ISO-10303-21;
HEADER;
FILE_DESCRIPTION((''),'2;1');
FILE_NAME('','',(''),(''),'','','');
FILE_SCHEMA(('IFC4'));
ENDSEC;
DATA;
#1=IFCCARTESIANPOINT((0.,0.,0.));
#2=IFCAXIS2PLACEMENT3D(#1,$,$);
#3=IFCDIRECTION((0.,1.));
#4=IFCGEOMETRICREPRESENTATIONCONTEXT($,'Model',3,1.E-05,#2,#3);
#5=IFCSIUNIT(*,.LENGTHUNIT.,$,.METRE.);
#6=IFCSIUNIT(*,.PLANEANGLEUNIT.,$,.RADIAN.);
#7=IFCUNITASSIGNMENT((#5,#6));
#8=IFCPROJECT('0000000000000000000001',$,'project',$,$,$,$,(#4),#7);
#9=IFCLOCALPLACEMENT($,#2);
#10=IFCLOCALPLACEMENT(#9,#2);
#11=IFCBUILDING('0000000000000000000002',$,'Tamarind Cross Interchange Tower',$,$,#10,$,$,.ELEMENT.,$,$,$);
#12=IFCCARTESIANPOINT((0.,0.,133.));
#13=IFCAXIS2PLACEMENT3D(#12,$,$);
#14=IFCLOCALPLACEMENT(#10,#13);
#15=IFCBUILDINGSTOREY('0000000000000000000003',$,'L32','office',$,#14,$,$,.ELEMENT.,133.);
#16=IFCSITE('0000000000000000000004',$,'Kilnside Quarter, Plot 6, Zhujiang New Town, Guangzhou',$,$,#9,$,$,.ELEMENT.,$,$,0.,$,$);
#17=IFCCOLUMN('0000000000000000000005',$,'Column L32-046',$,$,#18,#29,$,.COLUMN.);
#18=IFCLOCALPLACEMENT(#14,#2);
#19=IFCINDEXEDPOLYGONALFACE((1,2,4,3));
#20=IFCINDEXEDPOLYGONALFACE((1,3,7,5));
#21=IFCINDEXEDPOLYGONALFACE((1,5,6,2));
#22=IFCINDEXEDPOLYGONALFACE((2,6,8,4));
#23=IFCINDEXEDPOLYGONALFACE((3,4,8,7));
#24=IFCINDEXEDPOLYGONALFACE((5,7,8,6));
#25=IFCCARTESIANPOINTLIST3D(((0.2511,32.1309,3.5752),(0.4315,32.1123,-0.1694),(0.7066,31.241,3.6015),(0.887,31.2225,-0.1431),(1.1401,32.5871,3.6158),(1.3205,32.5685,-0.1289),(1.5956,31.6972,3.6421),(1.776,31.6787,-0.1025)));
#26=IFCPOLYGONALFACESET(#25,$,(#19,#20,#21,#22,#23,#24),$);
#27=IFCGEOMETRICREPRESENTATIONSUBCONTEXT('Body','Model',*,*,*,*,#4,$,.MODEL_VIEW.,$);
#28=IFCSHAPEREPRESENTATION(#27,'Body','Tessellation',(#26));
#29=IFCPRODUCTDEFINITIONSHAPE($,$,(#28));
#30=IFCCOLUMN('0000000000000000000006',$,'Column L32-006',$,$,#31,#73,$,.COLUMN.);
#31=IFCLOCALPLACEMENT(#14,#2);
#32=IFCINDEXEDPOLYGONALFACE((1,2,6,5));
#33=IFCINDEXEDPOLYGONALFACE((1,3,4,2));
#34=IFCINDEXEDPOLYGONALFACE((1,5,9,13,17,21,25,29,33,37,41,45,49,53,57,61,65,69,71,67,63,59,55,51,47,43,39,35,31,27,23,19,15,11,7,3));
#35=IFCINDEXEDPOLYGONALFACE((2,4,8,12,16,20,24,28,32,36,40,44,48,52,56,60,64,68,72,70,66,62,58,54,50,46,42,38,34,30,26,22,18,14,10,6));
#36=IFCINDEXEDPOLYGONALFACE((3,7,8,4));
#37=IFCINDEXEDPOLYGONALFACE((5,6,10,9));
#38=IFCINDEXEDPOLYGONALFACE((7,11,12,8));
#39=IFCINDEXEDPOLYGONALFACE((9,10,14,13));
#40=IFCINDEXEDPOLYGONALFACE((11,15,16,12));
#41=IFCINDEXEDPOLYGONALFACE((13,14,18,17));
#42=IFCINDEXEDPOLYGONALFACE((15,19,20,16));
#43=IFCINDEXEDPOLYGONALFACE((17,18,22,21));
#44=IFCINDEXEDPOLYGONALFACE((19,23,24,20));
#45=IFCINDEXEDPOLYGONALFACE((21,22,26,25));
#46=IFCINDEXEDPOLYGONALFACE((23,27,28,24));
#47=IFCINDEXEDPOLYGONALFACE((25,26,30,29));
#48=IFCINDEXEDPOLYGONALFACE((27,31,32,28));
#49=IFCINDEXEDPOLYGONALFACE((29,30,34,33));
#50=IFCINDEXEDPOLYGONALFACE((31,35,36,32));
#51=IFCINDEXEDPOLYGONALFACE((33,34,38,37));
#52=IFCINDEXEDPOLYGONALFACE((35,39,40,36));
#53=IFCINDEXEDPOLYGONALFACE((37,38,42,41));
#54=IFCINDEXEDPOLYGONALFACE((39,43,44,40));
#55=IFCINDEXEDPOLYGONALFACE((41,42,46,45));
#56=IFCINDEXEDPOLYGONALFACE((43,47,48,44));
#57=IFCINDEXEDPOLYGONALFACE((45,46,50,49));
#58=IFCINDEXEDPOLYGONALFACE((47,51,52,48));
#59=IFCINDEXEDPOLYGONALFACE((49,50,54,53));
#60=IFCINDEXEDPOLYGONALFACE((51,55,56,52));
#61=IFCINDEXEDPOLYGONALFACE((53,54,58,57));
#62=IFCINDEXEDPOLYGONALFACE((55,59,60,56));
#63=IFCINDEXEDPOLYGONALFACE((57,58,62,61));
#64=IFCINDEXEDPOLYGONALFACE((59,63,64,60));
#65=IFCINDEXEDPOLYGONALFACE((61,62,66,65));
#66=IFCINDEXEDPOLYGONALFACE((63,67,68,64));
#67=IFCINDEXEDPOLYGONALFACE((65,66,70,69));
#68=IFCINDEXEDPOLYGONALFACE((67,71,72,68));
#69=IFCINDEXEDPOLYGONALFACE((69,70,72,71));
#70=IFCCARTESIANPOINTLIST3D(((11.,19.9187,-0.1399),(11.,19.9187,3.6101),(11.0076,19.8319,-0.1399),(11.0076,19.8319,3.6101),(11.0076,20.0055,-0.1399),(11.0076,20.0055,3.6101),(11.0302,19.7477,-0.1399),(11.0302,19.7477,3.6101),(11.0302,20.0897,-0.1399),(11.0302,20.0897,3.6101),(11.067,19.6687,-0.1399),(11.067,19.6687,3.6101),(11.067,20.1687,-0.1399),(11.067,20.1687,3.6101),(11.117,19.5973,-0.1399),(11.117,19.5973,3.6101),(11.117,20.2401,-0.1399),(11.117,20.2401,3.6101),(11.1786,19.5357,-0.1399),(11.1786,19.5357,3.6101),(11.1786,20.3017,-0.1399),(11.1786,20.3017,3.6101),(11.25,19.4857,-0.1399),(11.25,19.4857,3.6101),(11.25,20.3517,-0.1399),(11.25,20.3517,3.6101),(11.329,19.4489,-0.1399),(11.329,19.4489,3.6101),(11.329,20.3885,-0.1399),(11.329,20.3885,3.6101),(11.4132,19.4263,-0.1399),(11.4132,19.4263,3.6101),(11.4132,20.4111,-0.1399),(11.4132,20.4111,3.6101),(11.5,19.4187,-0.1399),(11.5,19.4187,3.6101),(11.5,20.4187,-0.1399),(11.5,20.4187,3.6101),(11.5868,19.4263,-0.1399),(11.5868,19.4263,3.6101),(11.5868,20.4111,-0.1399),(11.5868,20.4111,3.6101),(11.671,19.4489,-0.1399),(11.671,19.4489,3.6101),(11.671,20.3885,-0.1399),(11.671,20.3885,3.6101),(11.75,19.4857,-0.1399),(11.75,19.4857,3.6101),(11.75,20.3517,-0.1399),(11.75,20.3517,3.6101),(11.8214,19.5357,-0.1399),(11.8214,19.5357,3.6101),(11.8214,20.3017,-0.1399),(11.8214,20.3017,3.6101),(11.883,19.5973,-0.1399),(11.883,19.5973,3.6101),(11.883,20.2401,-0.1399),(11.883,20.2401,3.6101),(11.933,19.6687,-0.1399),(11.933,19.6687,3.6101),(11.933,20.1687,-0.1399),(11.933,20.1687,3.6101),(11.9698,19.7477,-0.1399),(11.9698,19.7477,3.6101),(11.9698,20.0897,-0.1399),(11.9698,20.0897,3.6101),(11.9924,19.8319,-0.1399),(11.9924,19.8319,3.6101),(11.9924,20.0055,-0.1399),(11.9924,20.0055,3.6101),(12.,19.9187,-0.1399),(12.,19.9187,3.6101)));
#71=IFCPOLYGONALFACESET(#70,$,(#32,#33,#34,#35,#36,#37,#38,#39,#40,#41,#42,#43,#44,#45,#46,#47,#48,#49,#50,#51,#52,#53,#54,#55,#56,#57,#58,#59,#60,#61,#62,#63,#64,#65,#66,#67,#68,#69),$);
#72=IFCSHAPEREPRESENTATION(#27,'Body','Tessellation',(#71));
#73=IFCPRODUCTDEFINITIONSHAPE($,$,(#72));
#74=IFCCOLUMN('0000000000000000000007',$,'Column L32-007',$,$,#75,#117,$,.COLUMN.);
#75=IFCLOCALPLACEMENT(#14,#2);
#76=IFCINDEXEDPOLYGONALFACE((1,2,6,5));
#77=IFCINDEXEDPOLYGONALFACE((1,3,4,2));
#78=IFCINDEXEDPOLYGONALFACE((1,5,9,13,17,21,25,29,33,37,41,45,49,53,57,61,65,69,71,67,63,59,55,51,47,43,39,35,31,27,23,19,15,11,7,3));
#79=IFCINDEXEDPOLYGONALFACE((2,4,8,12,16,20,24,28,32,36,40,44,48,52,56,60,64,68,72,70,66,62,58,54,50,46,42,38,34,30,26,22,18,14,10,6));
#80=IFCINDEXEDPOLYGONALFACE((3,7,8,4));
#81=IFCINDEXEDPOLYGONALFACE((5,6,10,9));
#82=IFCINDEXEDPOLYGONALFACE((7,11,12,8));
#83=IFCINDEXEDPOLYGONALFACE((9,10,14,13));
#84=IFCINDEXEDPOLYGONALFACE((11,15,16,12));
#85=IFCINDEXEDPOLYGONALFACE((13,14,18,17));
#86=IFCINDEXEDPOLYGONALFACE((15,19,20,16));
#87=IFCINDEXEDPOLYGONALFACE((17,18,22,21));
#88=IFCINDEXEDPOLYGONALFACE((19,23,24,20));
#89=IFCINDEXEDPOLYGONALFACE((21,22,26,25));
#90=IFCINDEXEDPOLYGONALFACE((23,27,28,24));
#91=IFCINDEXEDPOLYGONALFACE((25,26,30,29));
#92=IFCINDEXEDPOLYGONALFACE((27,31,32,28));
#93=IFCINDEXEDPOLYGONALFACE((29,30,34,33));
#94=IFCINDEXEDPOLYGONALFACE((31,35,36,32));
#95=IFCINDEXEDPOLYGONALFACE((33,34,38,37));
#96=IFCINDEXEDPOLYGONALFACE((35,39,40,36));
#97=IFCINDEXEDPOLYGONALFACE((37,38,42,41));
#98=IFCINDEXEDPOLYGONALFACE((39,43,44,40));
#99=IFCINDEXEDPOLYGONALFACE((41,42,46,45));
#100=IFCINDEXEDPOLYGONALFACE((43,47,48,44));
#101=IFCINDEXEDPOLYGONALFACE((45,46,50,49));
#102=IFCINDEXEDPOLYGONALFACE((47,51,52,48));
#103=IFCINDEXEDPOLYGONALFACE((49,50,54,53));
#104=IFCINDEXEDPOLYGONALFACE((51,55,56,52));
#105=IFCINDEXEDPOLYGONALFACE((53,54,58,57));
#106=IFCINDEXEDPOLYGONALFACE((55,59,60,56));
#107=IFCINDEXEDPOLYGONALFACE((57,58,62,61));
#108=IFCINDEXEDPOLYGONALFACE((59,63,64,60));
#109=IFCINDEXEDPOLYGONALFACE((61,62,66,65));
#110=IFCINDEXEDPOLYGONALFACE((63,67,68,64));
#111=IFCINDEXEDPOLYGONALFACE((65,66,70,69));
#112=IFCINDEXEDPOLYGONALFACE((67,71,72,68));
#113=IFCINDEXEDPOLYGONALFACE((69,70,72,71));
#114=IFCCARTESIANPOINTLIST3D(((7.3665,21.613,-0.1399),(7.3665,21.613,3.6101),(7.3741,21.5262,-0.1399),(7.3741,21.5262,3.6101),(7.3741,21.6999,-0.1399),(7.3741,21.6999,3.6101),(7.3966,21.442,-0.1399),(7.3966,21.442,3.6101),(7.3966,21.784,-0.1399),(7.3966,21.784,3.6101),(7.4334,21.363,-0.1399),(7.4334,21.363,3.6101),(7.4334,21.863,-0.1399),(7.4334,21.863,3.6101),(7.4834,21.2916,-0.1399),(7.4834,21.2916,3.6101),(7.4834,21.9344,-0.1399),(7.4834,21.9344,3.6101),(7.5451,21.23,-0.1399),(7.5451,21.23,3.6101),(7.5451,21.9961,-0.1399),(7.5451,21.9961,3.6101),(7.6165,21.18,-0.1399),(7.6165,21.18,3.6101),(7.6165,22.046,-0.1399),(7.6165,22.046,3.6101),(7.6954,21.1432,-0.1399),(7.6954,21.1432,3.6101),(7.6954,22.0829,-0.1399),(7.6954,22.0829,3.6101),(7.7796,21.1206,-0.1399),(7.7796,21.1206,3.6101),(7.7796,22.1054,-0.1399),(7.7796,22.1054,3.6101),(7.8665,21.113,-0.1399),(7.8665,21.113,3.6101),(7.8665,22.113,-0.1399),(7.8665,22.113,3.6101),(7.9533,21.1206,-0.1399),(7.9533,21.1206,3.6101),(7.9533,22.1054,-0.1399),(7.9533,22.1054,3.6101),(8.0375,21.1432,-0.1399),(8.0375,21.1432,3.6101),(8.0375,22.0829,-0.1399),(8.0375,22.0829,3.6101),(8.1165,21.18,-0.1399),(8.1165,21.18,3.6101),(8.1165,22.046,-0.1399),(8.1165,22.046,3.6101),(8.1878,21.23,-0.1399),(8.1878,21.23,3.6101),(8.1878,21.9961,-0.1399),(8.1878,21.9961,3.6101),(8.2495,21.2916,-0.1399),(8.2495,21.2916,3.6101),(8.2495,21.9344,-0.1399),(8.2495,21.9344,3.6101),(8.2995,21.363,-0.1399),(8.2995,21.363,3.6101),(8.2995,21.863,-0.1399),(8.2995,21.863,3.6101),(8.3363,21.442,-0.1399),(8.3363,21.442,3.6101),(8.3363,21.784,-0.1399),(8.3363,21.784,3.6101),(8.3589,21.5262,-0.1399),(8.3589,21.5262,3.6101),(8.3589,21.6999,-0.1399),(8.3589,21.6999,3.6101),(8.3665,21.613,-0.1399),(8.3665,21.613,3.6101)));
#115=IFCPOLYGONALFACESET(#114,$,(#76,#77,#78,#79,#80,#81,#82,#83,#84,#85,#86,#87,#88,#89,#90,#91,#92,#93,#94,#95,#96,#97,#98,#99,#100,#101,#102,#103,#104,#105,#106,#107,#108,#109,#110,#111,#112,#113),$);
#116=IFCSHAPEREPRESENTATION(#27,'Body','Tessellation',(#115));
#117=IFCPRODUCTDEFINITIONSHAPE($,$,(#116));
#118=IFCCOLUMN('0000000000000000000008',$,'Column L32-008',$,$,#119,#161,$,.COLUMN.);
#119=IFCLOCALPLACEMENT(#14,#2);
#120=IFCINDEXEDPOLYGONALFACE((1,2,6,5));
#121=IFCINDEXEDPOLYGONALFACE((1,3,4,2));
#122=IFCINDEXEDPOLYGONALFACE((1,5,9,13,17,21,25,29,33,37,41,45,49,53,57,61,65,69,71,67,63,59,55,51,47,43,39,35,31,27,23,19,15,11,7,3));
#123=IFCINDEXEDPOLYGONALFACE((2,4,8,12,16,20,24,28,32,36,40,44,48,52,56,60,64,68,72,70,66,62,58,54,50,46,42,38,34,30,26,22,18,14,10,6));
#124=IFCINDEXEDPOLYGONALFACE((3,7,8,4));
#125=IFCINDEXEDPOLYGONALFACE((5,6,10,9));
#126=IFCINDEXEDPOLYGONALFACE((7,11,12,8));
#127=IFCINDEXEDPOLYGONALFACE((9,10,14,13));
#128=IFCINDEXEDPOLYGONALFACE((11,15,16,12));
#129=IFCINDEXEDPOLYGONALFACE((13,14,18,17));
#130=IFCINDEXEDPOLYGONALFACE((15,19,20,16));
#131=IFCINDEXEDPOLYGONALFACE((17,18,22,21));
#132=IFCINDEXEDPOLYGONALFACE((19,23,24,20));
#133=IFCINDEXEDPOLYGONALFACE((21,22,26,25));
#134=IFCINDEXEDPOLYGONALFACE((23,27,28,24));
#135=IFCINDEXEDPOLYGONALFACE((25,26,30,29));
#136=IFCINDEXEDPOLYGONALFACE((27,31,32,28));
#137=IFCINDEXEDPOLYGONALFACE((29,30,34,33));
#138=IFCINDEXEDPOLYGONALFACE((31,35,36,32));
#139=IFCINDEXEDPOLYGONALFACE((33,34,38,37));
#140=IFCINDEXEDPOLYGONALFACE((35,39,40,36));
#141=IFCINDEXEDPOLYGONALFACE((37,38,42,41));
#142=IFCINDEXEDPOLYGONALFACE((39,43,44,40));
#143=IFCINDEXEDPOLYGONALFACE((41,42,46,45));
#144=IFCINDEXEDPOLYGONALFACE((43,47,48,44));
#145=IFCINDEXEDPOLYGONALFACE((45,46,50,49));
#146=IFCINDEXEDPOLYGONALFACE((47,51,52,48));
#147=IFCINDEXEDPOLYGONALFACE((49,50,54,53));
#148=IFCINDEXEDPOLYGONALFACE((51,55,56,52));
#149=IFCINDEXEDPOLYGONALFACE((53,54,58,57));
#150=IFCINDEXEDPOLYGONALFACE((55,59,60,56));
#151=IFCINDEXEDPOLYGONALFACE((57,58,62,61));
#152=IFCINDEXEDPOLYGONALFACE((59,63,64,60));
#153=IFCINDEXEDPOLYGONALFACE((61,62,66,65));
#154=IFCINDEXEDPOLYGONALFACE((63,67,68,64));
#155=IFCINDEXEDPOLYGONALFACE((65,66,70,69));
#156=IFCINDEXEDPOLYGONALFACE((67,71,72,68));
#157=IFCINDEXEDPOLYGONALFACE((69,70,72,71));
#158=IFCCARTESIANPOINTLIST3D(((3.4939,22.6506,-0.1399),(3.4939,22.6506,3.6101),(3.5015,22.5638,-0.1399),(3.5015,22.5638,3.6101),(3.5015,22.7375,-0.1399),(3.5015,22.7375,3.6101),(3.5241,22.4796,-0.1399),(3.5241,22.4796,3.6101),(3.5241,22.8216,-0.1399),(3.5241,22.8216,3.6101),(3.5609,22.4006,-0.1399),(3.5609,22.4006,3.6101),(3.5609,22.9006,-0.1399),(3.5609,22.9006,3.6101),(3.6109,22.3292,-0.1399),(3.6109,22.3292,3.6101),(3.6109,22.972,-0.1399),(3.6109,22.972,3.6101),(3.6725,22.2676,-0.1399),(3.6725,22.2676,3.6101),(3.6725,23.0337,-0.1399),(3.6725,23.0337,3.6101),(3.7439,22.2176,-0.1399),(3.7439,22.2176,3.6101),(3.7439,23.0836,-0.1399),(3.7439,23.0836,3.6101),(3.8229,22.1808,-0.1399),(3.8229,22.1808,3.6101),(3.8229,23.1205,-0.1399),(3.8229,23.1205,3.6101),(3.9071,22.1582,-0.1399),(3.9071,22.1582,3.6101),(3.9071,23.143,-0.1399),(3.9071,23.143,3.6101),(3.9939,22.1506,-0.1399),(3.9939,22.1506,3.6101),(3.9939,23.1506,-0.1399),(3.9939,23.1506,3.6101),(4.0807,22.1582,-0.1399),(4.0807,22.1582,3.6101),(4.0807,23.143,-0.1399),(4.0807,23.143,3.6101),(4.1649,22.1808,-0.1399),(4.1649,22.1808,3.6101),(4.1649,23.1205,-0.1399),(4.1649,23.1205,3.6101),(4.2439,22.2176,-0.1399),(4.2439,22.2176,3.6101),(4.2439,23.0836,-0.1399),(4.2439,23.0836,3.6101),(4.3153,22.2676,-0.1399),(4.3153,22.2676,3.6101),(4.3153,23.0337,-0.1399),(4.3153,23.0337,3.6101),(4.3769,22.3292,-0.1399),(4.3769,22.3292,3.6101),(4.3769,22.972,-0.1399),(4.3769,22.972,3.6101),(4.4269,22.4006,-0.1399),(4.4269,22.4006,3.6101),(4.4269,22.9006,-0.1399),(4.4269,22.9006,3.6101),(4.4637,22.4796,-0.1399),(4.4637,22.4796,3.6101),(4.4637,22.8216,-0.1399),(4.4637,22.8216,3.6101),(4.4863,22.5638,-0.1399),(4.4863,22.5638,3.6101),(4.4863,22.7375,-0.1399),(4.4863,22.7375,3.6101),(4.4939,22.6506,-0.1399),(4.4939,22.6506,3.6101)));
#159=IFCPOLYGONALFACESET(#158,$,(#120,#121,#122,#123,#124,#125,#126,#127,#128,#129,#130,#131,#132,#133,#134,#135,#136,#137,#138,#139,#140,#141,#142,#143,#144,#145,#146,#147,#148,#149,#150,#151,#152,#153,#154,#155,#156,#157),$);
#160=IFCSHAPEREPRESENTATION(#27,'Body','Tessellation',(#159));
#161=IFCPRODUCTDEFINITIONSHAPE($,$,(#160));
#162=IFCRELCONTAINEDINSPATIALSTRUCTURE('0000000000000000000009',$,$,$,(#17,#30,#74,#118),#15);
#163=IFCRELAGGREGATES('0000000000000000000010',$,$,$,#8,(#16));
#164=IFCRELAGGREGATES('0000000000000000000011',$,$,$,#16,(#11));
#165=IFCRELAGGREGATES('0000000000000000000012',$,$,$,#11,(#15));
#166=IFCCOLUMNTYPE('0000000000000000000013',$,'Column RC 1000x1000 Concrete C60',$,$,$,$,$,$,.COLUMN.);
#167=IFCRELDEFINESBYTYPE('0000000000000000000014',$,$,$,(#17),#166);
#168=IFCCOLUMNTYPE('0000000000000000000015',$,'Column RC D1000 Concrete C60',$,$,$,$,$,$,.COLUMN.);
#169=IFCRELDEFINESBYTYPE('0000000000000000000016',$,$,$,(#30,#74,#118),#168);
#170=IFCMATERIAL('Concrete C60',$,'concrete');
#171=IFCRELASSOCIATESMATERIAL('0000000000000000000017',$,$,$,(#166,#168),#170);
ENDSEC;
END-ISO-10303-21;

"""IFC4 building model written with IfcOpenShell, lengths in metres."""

from ifc_helpers import new_model, si_unit, direction, frame, origin, origin_2d, place, context, subcontext, project, spatial, rectangle, circle, extrude, material, material_profile, profile_set, type_object, element, save


model = new_model("IFC4")

# Units and contexts
model_context = context("Model", 3, precision=1e-05, world=origin(), true_north=direction((0.0, 1.0)))
body_context = subcontext(model_context, "Body", "Model", "MODEL_VIEW")
ifc_project = project(units=[si_unit("LENGTHUNIT", "METRE"), si_unit("PLANEANGLEUNIT", "RADIAN")], contexts=[model_context])

# Site, building, storey
site_placement = place(None, origin())
site = spatial("IfcSite", under=ifc_project, at=site_placement, Name="Kilnside Quarter, Plot 6, Zhujiang New Town, Guangzhou", CompositionType="ELEMENT", RefElevation=0.0)
building_placement = place(site_placement, origin())
building = spatial("IfcBuilding", under=site, at=building_placement, Name="Tamarind Cross Interchange Tower", CompositionType="ELEMENT")
storey_placement = place(building_placement, frame((0.0, 0.0, 133.0)))
storey = spatial("IfcBuildingStorey", under=building, at=storey_placement, Name="L32", Description="office", CompositionType="ELEMENT", Elevation=133.0)

# Columns
ifc_material_1 = material(Name="Concrete C60", Category="concrete")
ifc_material_profile_1 = material_profile(ifc_material_1, rectangle(XDim=1.0, YDim=1.0, at=origin_2d()), Name="RC 1000x1000")
ifc_profile_set_1 = profile_set([ifc_material_profile_1], Name="Concrete C60")
column_type_1 = type_object("IfcColumnType", Name="Column RC 1000x1000 Concrete C60", PredefinedType="COLUMN", material=ifc_profile_set_1)
column_placement = place(storey_placement, frame((1.1038, 31.8955, -0.136), z_axis=(-0.048125, 0.004949, 0.998829), x_axis=(0.455475, -0.889859, 0.026354)))
element("IfcColumn", 1, at=column_placement, inside=storey, type_object=column_type_1, Name="Column L32-046", PredefinedType="COLUMN", context=body_context, shape_type="SweptSolid", body=[
    extrude(rectangle(XDim=1.0, YDim=1.0, at=origin_2d()), origin(), (0.0, 0.0, 1.0), 3.749),
])
ifc_material_profile_2 = material_profile(ifc_material_1, circle(Radius=0.5, at=origin_2d()), Name="RC D1000")
ifc_profile_set_2 = profile_set([ifc_material_profile_2], Name="Concrete C60")
column_type_2 = type_object("IfcColumnType", Name="Column RC D1000 Concrete C60", PredefinedType="COLUMN", material=ifc_profile_set_2)
for number, where, z_axis, x_axis, name in (
    (2, (11.5, 19.9187, -0.1399), (0.0, 0.0, 1.0), (1.0, 0.0, 0.0), "Column L32-006"),
    (3, (7.8665, 21.613, -0.1399), (0.0, 0.0, 1.0), (1.0, 0.0, 0.0), "Column L32-007"),
    (4, (3.9939, 22.6506, -0.1399), (0.0, 0.0, 1.0), (1.0, 0.0, 0.0), "Column L32-008"),
):
    element("IfcColumn", number, at=place(storey_placement, frame(where, z_axis=z_axis, x_axis=x_axis)), inside=storey, type_object=column_type_2, Name=name, PredefinedType="COLUMN", context=body_context, shape_type="SweptSolid", body=[
        extrude(circle(Radius=0.5, at=origin_2d()), origin(), (0.0, 0.0, 1.0), 3.75),
    ])

save(model, "model.ifc")
